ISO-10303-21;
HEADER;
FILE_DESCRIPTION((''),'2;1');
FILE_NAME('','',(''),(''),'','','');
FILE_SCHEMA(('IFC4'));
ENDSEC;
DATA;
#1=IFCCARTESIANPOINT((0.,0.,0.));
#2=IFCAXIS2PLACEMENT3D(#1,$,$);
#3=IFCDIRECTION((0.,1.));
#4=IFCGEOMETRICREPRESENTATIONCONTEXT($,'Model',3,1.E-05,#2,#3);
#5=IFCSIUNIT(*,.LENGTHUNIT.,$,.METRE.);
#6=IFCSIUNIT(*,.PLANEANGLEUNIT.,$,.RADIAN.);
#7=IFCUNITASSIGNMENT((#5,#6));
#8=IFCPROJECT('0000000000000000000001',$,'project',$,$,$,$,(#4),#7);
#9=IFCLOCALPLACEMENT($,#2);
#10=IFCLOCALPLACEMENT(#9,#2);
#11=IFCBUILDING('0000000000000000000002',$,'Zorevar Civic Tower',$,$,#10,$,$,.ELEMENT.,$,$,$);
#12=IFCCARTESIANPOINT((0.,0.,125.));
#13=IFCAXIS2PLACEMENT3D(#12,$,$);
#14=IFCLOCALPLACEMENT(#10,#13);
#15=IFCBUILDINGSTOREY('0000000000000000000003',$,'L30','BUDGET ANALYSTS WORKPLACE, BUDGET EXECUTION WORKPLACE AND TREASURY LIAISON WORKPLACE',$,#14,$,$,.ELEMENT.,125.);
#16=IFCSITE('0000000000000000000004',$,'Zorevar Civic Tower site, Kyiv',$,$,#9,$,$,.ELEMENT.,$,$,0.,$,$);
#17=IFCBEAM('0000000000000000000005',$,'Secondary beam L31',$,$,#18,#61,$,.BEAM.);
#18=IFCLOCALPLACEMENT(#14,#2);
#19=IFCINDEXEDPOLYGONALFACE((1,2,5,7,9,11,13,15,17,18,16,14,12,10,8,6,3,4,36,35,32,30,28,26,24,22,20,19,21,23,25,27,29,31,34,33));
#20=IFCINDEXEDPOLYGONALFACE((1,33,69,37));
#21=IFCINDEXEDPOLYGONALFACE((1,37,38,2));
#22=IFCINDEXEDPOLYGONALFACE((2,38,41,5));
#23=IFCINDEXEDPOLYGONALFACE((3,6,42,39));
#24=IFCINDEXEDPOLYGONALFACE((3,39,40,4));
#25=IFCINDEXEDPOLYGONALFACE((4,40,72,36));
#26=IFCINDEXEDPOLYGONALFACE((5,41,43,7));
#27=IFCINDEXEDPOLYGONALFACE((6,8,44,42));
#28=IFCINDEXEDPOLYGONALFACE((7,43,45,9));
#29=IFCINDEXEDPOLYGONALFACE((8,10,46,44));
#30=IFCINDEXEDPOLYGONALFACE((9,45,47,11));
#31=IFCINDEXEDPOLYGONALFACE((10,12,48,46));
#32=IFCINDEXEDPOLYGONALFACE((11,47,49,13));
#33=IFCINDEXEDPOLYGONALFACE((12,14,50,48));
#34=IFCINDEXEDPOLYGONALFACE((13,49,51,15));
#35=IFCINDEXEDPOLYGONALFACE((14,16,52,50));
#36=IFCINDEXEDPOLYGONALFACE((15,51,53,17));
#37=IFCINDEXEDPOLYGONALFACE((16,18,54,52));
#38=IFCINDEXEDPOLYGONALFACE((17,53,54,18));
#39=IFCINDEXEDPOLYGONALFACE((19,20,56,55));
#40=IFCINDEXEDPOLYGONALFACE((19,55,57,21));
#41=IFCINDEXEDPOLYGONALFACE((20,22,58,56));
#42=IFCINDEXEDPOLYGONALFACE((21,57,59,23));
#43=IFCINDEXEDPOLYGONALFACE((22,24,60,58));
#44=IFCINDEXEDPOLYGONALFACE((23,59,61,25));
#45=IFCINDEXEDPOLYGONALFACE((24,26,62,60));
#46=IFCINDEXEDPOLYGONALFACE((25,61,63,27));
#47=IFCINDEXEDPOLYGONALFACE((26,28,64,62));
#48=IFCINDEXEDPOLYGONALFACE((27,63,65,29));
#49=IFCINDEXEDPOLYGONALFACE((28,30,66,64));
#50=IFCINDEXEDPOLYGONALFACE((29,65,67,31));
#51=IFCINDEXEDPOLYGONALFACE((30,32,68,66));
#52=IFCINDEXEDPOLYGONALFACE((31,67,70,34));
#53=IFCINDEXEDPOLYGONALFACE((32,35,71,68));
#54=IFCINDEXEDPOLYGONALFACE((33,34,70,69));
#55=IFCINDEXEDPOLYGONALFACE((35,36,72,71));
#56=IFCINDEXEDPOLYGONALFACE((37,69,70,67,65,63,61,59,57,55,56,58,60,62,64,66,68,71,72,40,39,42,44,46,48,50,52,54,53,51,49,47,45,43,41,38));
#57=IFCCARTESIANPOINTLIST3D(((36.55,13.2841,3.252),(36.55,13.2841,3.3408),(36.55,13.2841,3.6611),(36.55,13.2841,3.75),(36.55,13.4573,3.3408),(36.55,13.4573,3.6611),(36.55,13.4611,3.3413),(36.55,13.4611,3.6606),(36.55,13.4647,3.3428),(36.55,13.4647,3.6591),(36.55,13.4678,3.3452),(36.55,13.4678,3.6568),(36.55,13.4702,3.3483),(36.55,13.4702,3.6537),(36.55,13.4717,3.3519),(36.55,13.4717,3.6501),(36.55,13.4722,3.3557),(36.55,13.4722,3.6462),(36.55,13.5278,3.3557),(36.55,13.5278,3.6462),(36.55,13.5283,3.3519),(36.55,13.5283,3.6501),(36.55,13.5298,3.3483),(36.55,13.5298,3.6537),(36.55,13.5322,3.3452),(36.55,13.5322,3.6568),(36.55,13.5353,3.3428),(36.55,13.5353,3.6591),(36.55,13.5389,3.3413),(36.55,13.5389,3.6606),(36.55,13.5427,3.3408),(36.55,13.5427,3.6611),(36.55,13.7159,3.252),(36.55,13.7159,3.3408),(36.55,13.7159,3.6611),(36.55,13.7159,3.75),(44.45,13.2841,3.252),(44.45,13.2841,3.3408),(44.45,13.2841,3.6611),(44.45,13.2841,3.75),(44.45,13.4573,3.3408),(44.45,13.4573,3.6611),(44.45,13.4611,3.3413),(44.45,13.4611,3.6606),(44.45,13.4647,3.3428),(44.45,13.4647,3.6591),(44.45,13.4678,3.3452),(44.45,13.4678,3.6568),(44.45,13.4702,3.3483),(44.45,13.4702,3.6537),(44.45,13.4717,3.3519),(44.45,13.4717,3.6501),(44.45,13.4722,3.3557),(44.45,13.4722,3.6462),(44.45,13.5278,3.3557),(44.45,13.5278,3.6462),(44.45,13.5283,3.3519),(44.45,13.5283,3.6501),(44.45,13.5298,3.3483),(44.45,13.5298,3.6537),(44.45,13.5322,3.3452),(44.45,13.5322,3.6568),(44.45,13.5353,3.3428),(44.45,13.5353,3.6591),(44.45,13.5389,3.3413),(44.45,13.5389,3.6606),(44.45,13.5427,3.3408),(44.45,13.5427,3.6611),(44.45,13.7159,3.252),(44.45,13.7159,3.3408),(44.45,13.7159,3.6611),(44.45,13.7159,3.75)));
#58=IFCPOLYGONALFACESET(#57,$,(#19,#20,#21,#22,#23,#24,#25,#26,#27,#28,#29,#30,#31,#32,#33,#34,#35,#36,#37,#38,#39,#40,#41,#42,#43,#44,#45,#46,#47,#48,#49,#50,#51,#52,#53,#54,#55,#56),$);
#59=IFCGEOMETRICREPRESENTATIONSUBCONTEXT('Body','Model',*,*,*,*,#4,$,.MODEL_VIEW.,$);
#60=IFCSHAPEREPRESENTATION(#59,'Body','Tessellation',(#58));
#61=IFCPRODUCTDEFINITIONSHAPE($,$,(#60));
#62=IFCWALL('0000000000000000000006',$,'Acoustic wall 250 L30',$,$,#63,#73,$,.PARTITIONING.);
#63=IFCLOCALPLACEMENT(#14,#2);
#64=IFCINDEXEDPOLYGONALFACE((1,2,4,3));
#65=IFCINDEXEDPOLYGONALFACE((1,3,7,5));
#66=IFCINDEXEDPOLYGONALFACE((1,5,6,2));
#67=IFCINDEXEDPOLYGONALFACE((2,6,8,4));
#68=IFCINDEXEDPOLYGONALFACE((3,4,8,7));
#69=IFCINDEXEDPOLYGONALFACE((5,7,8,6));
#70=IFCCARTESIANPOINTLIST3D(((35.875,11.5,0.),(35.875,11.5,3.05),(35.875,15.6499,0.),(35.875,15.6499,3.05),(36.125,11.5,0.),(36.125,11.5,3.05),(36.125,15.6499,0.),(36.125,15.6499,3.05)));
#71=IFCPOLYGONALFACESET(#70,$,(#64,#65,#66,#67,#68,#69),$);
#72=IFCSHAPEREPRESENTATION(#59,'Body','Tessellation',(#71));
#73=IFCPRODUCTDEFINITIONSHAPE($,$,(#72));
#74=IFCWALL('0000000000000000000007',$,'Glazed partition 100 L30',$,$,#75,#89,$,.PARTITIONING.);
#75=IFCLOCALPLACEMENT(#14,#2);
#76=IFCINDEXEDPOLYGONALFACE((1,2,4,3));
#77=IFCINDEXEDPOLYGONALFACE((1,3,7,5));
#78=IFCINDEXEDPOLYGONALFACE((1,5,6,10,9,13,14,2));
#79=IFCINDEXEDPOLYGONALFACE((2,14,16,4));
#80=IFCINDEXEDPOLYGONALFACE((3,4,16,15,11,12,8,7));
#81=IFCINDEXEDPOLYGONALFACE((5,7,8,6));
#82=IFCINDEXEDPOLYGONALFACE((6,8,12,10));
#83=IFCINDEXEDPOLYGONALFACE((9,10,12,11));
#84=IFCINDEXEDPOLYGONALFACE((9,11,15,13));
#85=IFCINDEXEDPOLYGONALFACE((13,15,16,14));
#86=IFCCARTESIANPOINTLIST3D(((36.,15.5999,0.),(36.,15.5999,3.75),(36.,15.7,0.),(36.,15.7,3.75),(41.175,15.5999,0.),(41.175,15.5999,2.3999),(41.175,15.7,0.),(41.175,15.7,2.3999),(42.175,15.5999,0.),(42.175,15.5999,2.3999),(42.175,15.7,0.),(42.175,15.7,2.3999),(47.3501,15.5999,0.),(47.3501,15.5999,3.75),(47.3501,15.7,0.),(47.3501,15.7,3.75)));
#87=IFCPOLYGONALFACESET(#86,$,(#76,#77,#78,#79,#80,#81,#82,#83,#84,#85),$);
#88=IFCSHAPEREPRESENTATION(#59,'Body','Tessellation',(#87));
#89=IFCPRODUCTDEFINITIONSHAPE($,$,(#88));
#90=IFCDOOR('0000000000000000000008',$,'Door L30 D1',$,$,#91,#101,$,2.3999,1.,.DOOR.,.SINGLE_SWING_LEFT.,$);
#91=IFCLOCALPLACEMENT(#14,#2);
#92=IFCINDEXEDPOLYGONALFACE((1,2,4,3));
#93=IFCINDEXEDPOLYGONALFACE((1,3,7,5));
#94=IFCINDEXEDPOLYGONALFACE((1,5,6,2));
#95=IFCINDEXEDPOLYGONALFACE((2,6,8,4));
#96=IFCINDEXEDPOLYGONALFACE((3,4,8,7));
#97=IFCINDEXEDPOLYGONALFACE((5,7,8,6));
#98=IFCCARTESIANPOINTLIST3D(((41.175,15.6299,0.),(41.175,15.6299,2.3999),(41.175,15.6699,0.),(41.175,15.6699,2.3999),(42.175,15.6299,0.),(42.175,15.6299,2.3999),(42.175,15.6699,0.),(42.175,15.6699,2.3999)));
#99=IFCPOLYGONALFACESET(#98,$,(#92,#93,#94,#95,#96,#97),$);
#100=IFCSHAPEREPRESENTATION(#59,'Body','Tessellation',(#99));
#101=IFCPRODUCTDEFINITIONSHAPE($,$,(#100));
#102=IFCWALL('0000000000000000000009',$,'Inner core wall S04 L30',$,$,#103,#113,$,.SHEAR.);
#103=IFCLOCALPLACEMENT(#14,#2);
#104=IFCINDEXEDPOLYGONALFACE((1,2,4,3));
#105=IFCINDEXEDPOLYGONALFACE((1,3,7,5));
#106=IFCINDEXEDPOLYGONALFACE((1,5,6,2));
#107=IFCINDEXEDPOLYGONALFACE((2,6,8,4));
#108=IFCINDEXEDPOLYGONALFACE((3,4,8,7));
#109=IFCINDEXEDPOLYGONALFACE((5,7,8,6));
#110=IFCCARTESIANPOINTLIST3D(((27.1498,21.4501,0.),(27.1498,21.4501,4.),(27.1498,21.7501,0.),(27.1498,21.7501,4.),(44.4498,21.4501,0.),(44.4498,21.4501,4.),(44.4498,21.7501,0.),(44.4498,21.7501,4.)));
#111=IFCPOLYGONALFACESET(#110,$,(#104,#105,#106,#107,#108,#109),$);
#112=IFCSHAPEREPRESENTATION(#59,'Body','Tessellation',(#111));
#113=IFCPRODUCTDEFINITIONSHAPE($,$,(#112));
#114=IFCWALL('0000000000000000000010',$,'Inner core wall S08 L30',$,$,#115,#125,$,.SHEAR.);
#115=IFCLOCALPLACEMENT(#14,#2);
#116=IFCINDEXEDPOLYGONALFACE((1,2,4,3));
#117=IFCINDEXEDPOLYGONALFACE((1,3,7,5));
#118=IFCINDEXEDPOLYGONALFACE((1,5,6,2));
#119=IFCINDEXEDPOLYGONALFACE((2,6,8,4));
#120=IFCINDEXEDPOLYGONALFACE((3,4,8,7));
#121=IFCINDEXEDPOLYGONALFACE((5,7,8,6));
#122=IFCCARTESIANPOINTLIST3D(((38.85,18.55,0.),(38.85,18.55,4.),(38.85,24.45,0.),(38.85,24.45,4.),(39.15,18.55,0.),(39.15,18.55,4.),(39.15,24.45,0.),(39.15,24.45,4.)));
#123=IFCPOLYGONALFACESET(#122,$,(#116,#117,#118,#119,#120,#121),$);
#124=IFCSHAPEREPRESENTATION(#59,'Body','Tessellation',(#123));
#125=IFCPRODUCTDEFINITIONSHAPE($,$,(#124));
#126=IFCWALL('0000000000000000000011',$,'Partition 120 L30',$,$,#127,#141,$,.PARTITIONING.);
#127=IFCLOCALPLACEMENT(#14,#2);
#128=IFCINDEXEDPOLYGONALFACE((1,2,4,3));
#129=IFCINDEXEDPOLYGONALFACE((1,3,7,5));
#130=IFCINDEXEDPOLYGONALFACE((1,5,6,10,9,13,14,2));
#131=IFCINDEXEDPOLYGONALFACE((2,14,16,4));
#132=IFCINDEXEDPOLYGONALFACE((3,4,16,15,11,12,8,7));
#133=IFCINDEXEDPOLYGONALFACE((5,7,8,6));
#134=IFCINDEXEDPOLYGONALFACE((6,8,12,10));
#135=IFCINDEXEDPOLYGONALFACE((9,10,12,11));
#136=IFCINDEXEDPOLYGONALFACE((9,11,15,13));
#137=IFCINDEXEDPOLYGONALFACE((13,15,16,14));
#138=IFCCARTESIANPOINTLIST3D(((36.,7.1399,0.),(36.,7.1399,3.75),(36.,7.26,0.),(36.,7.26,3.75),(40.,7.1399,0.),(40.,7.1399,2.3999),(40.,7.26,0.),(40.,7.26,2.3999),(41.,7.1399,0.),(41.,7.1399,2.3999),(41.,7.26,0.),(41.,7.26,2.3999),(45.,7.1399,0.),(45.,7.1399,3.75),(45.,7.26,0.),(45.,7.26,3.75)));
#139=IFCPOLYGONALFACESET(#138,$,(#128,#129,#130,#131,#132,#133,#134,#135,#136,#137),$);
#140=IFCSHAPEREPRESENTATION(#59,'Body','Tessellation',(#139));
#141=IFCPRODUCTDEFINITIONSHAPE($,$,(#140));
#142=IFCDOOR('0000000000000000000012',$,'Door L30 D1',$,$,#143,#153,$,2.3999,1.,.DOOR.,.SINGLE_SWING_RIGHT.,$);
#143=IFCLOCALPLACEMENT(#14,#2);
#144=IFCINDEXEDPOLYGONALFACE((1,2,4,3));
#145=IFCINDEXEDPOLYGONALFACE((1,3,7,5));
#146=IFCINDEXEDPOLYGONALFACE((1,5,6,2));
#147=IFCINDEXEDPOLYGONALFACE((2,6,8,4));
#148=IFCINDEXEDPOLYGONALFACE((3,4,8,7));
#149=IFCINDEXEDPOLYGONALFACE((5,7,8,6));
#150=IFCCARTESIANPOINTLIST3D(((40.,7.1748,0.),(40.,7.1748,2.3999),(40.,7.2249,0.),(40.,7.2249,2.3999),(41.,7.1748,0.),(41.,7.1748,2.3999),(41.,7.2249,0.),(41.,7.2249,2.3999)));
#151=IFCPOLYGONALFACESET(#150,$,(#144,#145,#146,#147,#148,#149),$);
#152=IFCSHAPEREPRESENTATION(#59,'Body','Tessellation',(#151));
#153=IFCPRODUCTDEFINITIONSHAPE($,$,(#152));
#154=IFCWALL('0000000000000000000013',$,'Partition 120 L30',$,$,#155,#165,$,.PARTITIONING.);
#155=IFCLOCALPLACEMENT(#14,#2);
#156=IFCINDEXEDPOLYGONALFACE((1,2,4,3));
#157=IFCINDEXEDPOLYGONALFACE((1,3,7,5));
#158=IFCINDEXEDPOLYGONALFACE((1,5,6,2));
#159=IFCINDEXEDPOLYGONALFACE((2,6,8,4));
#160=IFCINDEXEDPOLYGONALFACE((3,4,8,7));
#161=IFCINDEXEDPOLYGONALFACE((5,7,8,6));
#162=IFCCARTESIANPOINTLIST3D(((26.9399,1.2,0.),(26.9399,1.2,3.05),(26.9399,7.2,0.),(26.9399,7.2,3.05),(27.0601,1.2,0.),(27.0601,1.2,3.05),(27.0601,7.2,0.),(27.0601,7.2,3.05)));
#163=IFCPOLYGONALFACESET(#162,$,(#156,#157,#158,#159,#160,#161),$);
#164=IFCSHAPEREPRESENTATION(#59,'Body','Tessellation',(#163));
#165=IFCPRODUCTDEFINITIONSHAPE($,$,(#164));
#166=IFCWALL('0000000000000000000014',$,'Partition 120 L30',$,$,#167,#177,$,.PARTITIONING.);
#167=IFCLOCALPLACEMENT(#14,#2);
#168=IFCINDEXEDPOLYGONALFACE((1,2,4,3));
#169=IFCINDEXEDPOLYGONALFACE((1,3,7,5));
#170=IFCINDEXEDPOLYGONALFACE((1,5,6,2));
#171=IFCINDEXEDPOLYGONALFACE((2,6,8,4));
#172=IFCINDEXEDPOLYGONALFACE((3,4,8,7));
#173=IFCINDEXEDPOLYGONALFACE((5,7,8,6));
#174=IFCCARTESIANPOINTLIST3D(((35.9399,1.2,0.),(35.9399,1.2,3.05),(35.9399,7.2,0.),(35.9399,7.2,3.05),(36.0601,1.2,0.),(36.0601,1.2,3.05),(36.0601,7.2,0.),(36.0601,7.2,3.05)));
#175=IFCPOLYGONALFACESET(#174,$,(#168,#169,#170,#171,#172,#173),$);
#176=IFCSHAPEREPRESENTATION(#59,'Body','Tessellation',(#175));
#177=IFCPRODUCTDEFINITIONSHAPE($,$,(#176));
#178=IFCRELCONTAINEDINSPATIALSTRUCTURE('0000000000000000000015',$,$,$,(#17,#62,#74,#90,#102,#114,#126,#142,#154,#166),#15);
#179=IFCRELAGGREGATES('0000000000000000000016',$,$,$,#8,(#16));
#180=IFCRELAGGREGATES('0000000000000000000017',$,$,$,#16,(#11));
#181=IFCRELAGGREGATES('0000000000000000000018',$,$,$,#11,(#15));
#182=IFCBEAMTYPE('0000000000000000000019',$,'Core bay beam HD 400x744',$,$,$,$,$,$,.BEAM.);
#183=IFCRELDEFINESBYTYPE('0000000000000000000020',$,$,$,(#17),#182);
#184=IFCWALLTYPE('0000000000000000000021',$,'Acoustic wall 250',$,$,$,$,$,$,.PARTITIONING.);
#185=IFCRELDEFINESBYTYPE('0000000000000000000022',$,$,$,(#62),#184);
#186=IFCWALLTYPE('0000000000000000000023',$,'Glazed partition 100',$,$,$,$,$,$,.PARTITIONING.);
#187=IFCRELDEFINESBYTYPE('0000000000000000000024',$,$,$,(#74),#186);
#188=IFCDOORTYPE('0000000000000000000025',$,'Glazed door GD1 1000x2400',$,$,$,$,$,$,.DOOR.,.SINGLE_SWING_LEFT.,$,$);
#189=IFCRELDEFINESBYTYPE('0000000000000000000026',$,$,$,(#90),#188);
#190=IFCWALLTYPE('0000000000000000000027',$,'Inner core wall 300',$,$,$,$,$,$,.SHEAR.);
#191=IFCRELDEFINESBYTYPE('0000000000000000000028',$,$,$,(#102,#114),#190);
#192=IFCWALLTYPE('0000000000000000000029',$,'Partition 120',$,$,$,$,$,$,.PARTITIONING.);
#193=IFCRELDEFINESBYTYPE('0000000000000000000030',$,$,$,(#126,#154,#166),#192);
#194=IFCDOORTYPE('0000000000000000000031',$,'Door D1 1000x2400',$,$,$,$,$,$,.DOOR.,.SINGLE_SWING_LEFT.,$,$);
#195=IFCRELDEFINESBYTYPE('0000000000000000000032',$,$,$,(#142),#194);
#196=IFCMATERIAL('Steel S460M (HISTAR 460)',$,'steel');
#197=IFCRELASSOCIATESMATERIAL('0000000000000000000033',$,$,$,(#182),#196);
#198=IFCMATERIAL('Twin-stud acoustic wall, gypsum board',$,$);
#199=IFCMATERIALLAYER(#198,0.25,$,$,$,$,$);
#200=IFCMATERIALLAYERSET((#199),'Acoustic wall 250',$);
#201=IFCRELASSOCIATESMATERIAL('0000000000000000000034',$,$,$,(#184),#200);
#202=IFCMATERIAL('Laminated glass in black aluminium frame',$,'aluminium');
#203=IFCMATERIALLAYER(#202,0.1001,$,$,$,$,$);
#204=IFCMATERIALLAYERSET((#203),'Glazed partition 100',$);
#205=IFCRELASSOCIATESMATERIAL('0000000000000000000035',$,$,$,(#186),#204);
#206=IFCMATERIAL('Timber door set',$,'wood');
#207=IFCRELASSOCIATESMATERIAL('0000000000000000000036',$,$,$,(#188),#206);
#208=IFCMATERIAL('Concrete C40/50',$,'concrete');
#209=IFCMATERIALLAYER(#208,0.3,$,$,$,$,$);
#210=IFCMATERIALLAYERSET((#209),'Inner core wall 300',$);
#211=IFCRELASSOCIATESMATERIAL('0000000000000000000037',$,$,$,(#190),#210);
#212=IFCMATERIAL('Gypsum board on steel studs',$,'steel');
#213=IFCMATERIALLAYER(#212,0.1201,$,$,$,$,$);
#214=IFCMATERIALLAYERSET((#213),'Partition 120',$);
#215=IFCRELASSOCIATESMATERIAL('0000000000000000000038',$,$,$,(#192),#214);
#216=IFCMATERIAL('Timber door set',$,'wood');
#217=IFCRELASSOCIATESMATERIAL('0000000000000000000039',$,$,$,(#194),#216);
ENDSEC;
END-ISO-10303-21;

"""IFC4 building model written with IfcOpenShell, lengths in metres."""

from ifc_helpers import new_model, si_unit, direction, frame, frame_2d, origin, origin_2d, place, context, subcontext, project, spatial, rectangle, i_section, extrude, material, layer, layer_set, material_profile, profile_set, type_object, element, fill, save


model = new_model("IFC4")

# Units and contexts
model_context = context("Model", 3, precision=1e-05, world=origin(), true_north=direction((0.0, 1.0)))
body_context = subcontext(model_context, "Body", "Model", "MODEL_VIEW")
ifc_project = project(units=[si_unit("LENGTHUNIT", "METRE"), si_unit("PLANEANGLEUNIT", "RADIAN")], contexts=[model_context])

# Site, building, storey
site_placement = place(None, origin())
site = spatial("IfcSite", under=ifc_project, at=site_placement, Name="Zorevar Civic Tower site, Kyiv", CompositionType="ELEMENT", RefElevation=0.0)
building_placement = place(site_placement, origin())
building = spatial("IfcBuilding", under=site, at=building_placement, Name="Zorevar Civic Tower", CompositionType="ELEMENT")
storey_placement = place(building_placement, frame((0.0, 0.0, 125.0)))
storey = spatial("IfcBuildingStorey", under=building, at=storey_placement, Name="L30", Description="BUDGET ANALYSTS WORKPLACE, BUDGET EXECUTION WORKPLACE AND TREASURY LIAISON WORKPLACE", CompositionType="ELEMENT", Elevation=125.0)

# Beam
ifc_material_1 = material(Name="Steel S460M (HISTAR 460)", Category="steel")
ifc_material_profile_1 = material_profile(ifc_material_1, i_section(OverallWidth=0.4319, OverallDepth=0.498, WebThickness=0.0557, FlangeThickness=0.0889, FilletRadius=0.0149, at=origin_2d()), Name="HD 400x744")
ifc_profile_set_1 = profile_set([ifc_material_profile_1], Name="Steel S460M (HISTAR 460)")
beam_type_1 = type_object("IfcBeamType", Name="Core bay beam HD 400x744", PredefinedType="BEAM", material=ifc_profile_set_1)
for number, where, z_axis, x_axis, name in (
    (1, (36.55, 13.5, 3.501), (1.0, 0.0, 0.0), (0.0, 1.0, 0.0), "Secondary beam L31"),
):
    element("IfcBeam", number, at=place(storey_placement, frame(where, z_axis=z_axis, x_axis=x_axis)), inside=storey, type_object=beam_type_1, Name=name, PredefinedType="BEAM", context=body_context, shape_type="SweptSolid", body=[
        extrude(i_section(OverallWidth=0.4319, OverallDepth=0.498, WebThickness=0.0557, FlangeThickness=0.0889, FilletRadius=0.0149, at=origin_2d()), origin(), (0.0, 0.0, 1.0), 7.8999),
    ])

# Wall
ifc_material_2 = material(Name="Twin-stud acoustic wall, gypsum board")
ifc_layer_1 = layer(ifc_material_2, 0.25)
ifc_layer_set_1 = layer_set([ifc_layer_1], Name="Acoustic wall 250")
wall_type_1 = type_object("IfcWallType", Name="Acoustic wall 250", PredefinedType="PARTITIONING", material=ifc_layer_set_1)
wall_1_placement = place(storey_placement, frame((36.0, 11.5, 0.0), z_axis=(0.0, 0.0, 1.0), x_axis=(0.0, 1.0, 0.0)))
element("IfcWall", 2, at=wall_1_placement, inside=storey, type_object=wall_type_1, Name="Acoustic wall 250 L30", PredefinedType="PARTITIONING", context=body_context, shape_type="SweptSolid", body=[
    extrude(rectangle(XDim=4.1499, YDim=0.25, at=frame_2d((2.075, 0.0))), origin(), (0.0, 0.0, 1.0), 3.05),
])

# Wall, opening, door
ifc_material_3 = material(Name="Laminated glass in black aluminium frame", Category="aluminium")
ifc_layer_2 = layer(ifc_material_3, 0.1001)
ifc_layer_set_2 = layer_set([ifc_layer_2], Name="Glazed partition 100")
wall_type_2 = type_object("IfcWallType", Name="Glazed partition 100", PredefinedType="PARTITIONING", material=ifc_layer_set_2)
wall_2_placement = place(storey_placement, frame((36.0, 15.6499, 0.0), z_axis=(0.0, 0.0, 1.0), x_axis=(1.0, 0.0, 0.0)))
wall_2 = element("IfcWall", 3, at=wall_2_placement, inside=storey, type_object=wall_type_2, Name="Glazed partition 100 L30", PredefinedType="PARTITIONING", context=body_context, shape_type="SweptSolid", body=[
    extrude(rectangle(XDim=11.3501, YDim=0.1001, at=frame_2d((5.675, 0.0))), origin(), (0.0, 0.0, 1.0), 3.75),
])
opening_1_placement = place(wall_2_placement, frame((5.175, 0.0, 0.0)))
opening_1 = element("IfcOpeningElement", 4, at=opening_1_placement, cuts=wall_2, PredefinedType="OPENING", context=body_context, shape_type="SweptSolid", body=[
    extrude(rectangle(XDim=1.0, YDim=2.3999, at=frame_2d((0.5, 1.2))), frame((0.0, 0.0601, 0.0), z_axis=(0.0, -1.0, 0.0), x_axis=(1.0, 0.0, 0.0)), (0.0, 0.0, 1.0), 0.1201),
])
ifc_material_4 = material(Name="Timber door set", Category="wood")
door_type_1 = type_object("IfcDoorType", Name="Glazed door GD1 1000x2400", OperationType="SINGLE_SWING_LEFT", PredefinedType="DOOR", material=ifc_material_4)
door_1_placement = place(opening_1_placement, origin())
door_1 = element("IfcDoor", 5, at=door_1_placement, inside=storey, type_object=door_type_1, Name="Door L30 D1", OperationType="SINGLE_SWING_LEFT", OverallHeight=2.3999, OverallWidth=1.0, PredefinedType="DOOR", context=body_context, shape_type="SweptSolid", body=[
    extrude(rectangle(XDim=1.0, YDim=2.3999, at=frame_2d((0.5, 1.2))), frame((0.0, 0.02, 0.0), z_axis=(0.0, -1.0, 0.0), x_axis=(1.0, 0.0, 0.0)), (0.0, 0.0, 1.0), 0.04),
])
fill(opening_1, door_1)

# Walls
ifc_material_5 = material(Name="Concrete C40/50", Category="concrete")
ifc_layer_3 = layer(ifc_material_5, 0.3)
ifc_layer_set_3 = layer_set([ifc_layer_3], Name="Inner core wall 300")
wall_type_3 = type_object("IfcWallType", Name="Inner core wall 300", PredefinedType="SHEAR", material=ifc_layer_set_3)
wall_3_placement = place(storey_placement, frame((27.1499, 21.6001, 0.0), z_axis=(0.0, 0.0, 1.0), x_axis=(1.0, 0.0, 0.0)))
element("IfcWall", 6, at=wall_3_placement, inside=storey, type_object=wall_type_3, Name="Inner core wall S04 L30", PredefinedType="SHEAR", context=body_context, shape_type="SweptSolid", body=[
    extrude(rectangle(XDim=17.3, YDim=0.3, at=frame_2d((8.6499, 0.0))), origin(), (0.0, 0.0, 1.0), 4.0),
])
wall_4_placement = place(storey_placement, frame((39.0, 18.55, 0.0), z_axis=(0.0, 0.0, 1.0), x_axis=(0.0, 1.0, 0.0)))
element("IfcWall", 7, at=wall_4_placement, inside=storey, type_object=wall_type_3, Name="Inner core wall S08 L30", PredefinedType="SHEAR", context=body_context, shape_type="SweptSolid", body=[
    extrude(rectangle(XDim=5.8999, YDim=0.3, at=frame_2d((2.95, 0.0))), origin(), (0.0, 0.0, 1.0), 4.0),
])

# Wall, opening, door
ifc_material_6 = material(Name="Gypsum board on steel studs", Category="steel")
ifc_layer_4 = layer(ifc_material_6, 0.1201)
ifc_layer_set_4 = layer_set([ifc_layer_4], Name="Partition 120")
wall_type_4 = type_object("IfcWallType", Name="Partition 120", PredefinedType="PARTITIONING", material=ifc_layer_set_4)
wall_5_placement = place(storey_placement, frame((36.0, 7.2, 0.0), z_axis=(0.0, 0.0, 1.0), x_axis=(1.0, 0.0, 0.0)))
wall_5 = element("IfcWall", 8, at=wall_5_placement, inside=storey, type_object=wall_type_4, Name="Partition 120 L30", PredefinedType="PARTITIONING", context=body_context, shape_type="SweptSolid", body=[
    extrude(rectangle(XDim=9.0, YDim=0.1201, at=frame_2d((4.5, 0.0))), origin(), (0.0, 0.0, 1.0), 3.75),
])
opening_2_placement = place(wall_5_placement, frame((4.0, 0.0, 0.0)))
opening_2 = element("IfcOpeningElement", 9, at=opening_2_placement, cuts=wall_5, PredefinedType="OPENING", context=body_context, shape_type="SweptSolid", body=[
    extrude(rectangle(XDim=1.0, YDim=2.3999, at=frame_2d((0.5, 1.2))), frame((0.0, 0.0701, 0.0), z_axis=(0.0, -1.0, 0.0), x_axis=(1.0, 0.0, 0.0)), (0.0, 0.0, 1.0), 0.1401),
])
ifc_material_7 = material(Name="Timber door set", Category="wood")
door_type_2 = type_object("IfcDoorType", Name="Door D1 1000x2400", OperationType="SINGLE_SWING_LEFT", PredefinedType="DOOR", material=ifc_material_7)
door_2_placement = place(opening_2_placement, origin())
door_2 = element("IfcDoor", 10, at=door_2_placement, inside=storey, type_object=door_type_2, Name="Door L30 D1", OperationType="SINGLE_SWING_RIGHT", OverallHeight=2.3999, OverallWidth=1.0, PredefinedType="DOOR", context=body_context, shape_type="SweptSolid", body=[
    extrude(rectangle(XDim=1.0, YDim=2.3999, at=frame_2d((0.5, 1.2))), frame((0.0, 0.0249, 0.0), z_axis=(0.0, -1.0, 0.0), x_axis=(1.0, 0.0, 0.0)), (0.0, 0.0, 1.0), 0.05),
])
fill(opening_2, door_2)

# Walls
for number, where, z_axis, x_axis, name in (
    (11, (27.0, 1.2, 0.0), (0.0, 0.0, 1.0), (0.0, 1.0, 0.0), "Partition 120 L30"),
    (12, (36.0, 1.2, 0.0), (0.0, 0.0, 1.0), (0.0, 1.0, 0.0), "Partition 120 L30"),
):
    element("IfcWall", number, at=place(storey_placement, frame(where, z_axis=z_axis, x_axis=x_axis)), inside=storey, type_object=wall_type_4, Name=name, PredefinedType="PARTITIONING", context=body_context, shape_type="SweptSolid", body=[
        extrude(rectangle(XDim=6.0, YDim=0.1201, at=frame_2d((3.0, 0.0))), origin(), (0.0, 0.0, 1.0), 3.05),
    ])

save(model, "model.ifc")
